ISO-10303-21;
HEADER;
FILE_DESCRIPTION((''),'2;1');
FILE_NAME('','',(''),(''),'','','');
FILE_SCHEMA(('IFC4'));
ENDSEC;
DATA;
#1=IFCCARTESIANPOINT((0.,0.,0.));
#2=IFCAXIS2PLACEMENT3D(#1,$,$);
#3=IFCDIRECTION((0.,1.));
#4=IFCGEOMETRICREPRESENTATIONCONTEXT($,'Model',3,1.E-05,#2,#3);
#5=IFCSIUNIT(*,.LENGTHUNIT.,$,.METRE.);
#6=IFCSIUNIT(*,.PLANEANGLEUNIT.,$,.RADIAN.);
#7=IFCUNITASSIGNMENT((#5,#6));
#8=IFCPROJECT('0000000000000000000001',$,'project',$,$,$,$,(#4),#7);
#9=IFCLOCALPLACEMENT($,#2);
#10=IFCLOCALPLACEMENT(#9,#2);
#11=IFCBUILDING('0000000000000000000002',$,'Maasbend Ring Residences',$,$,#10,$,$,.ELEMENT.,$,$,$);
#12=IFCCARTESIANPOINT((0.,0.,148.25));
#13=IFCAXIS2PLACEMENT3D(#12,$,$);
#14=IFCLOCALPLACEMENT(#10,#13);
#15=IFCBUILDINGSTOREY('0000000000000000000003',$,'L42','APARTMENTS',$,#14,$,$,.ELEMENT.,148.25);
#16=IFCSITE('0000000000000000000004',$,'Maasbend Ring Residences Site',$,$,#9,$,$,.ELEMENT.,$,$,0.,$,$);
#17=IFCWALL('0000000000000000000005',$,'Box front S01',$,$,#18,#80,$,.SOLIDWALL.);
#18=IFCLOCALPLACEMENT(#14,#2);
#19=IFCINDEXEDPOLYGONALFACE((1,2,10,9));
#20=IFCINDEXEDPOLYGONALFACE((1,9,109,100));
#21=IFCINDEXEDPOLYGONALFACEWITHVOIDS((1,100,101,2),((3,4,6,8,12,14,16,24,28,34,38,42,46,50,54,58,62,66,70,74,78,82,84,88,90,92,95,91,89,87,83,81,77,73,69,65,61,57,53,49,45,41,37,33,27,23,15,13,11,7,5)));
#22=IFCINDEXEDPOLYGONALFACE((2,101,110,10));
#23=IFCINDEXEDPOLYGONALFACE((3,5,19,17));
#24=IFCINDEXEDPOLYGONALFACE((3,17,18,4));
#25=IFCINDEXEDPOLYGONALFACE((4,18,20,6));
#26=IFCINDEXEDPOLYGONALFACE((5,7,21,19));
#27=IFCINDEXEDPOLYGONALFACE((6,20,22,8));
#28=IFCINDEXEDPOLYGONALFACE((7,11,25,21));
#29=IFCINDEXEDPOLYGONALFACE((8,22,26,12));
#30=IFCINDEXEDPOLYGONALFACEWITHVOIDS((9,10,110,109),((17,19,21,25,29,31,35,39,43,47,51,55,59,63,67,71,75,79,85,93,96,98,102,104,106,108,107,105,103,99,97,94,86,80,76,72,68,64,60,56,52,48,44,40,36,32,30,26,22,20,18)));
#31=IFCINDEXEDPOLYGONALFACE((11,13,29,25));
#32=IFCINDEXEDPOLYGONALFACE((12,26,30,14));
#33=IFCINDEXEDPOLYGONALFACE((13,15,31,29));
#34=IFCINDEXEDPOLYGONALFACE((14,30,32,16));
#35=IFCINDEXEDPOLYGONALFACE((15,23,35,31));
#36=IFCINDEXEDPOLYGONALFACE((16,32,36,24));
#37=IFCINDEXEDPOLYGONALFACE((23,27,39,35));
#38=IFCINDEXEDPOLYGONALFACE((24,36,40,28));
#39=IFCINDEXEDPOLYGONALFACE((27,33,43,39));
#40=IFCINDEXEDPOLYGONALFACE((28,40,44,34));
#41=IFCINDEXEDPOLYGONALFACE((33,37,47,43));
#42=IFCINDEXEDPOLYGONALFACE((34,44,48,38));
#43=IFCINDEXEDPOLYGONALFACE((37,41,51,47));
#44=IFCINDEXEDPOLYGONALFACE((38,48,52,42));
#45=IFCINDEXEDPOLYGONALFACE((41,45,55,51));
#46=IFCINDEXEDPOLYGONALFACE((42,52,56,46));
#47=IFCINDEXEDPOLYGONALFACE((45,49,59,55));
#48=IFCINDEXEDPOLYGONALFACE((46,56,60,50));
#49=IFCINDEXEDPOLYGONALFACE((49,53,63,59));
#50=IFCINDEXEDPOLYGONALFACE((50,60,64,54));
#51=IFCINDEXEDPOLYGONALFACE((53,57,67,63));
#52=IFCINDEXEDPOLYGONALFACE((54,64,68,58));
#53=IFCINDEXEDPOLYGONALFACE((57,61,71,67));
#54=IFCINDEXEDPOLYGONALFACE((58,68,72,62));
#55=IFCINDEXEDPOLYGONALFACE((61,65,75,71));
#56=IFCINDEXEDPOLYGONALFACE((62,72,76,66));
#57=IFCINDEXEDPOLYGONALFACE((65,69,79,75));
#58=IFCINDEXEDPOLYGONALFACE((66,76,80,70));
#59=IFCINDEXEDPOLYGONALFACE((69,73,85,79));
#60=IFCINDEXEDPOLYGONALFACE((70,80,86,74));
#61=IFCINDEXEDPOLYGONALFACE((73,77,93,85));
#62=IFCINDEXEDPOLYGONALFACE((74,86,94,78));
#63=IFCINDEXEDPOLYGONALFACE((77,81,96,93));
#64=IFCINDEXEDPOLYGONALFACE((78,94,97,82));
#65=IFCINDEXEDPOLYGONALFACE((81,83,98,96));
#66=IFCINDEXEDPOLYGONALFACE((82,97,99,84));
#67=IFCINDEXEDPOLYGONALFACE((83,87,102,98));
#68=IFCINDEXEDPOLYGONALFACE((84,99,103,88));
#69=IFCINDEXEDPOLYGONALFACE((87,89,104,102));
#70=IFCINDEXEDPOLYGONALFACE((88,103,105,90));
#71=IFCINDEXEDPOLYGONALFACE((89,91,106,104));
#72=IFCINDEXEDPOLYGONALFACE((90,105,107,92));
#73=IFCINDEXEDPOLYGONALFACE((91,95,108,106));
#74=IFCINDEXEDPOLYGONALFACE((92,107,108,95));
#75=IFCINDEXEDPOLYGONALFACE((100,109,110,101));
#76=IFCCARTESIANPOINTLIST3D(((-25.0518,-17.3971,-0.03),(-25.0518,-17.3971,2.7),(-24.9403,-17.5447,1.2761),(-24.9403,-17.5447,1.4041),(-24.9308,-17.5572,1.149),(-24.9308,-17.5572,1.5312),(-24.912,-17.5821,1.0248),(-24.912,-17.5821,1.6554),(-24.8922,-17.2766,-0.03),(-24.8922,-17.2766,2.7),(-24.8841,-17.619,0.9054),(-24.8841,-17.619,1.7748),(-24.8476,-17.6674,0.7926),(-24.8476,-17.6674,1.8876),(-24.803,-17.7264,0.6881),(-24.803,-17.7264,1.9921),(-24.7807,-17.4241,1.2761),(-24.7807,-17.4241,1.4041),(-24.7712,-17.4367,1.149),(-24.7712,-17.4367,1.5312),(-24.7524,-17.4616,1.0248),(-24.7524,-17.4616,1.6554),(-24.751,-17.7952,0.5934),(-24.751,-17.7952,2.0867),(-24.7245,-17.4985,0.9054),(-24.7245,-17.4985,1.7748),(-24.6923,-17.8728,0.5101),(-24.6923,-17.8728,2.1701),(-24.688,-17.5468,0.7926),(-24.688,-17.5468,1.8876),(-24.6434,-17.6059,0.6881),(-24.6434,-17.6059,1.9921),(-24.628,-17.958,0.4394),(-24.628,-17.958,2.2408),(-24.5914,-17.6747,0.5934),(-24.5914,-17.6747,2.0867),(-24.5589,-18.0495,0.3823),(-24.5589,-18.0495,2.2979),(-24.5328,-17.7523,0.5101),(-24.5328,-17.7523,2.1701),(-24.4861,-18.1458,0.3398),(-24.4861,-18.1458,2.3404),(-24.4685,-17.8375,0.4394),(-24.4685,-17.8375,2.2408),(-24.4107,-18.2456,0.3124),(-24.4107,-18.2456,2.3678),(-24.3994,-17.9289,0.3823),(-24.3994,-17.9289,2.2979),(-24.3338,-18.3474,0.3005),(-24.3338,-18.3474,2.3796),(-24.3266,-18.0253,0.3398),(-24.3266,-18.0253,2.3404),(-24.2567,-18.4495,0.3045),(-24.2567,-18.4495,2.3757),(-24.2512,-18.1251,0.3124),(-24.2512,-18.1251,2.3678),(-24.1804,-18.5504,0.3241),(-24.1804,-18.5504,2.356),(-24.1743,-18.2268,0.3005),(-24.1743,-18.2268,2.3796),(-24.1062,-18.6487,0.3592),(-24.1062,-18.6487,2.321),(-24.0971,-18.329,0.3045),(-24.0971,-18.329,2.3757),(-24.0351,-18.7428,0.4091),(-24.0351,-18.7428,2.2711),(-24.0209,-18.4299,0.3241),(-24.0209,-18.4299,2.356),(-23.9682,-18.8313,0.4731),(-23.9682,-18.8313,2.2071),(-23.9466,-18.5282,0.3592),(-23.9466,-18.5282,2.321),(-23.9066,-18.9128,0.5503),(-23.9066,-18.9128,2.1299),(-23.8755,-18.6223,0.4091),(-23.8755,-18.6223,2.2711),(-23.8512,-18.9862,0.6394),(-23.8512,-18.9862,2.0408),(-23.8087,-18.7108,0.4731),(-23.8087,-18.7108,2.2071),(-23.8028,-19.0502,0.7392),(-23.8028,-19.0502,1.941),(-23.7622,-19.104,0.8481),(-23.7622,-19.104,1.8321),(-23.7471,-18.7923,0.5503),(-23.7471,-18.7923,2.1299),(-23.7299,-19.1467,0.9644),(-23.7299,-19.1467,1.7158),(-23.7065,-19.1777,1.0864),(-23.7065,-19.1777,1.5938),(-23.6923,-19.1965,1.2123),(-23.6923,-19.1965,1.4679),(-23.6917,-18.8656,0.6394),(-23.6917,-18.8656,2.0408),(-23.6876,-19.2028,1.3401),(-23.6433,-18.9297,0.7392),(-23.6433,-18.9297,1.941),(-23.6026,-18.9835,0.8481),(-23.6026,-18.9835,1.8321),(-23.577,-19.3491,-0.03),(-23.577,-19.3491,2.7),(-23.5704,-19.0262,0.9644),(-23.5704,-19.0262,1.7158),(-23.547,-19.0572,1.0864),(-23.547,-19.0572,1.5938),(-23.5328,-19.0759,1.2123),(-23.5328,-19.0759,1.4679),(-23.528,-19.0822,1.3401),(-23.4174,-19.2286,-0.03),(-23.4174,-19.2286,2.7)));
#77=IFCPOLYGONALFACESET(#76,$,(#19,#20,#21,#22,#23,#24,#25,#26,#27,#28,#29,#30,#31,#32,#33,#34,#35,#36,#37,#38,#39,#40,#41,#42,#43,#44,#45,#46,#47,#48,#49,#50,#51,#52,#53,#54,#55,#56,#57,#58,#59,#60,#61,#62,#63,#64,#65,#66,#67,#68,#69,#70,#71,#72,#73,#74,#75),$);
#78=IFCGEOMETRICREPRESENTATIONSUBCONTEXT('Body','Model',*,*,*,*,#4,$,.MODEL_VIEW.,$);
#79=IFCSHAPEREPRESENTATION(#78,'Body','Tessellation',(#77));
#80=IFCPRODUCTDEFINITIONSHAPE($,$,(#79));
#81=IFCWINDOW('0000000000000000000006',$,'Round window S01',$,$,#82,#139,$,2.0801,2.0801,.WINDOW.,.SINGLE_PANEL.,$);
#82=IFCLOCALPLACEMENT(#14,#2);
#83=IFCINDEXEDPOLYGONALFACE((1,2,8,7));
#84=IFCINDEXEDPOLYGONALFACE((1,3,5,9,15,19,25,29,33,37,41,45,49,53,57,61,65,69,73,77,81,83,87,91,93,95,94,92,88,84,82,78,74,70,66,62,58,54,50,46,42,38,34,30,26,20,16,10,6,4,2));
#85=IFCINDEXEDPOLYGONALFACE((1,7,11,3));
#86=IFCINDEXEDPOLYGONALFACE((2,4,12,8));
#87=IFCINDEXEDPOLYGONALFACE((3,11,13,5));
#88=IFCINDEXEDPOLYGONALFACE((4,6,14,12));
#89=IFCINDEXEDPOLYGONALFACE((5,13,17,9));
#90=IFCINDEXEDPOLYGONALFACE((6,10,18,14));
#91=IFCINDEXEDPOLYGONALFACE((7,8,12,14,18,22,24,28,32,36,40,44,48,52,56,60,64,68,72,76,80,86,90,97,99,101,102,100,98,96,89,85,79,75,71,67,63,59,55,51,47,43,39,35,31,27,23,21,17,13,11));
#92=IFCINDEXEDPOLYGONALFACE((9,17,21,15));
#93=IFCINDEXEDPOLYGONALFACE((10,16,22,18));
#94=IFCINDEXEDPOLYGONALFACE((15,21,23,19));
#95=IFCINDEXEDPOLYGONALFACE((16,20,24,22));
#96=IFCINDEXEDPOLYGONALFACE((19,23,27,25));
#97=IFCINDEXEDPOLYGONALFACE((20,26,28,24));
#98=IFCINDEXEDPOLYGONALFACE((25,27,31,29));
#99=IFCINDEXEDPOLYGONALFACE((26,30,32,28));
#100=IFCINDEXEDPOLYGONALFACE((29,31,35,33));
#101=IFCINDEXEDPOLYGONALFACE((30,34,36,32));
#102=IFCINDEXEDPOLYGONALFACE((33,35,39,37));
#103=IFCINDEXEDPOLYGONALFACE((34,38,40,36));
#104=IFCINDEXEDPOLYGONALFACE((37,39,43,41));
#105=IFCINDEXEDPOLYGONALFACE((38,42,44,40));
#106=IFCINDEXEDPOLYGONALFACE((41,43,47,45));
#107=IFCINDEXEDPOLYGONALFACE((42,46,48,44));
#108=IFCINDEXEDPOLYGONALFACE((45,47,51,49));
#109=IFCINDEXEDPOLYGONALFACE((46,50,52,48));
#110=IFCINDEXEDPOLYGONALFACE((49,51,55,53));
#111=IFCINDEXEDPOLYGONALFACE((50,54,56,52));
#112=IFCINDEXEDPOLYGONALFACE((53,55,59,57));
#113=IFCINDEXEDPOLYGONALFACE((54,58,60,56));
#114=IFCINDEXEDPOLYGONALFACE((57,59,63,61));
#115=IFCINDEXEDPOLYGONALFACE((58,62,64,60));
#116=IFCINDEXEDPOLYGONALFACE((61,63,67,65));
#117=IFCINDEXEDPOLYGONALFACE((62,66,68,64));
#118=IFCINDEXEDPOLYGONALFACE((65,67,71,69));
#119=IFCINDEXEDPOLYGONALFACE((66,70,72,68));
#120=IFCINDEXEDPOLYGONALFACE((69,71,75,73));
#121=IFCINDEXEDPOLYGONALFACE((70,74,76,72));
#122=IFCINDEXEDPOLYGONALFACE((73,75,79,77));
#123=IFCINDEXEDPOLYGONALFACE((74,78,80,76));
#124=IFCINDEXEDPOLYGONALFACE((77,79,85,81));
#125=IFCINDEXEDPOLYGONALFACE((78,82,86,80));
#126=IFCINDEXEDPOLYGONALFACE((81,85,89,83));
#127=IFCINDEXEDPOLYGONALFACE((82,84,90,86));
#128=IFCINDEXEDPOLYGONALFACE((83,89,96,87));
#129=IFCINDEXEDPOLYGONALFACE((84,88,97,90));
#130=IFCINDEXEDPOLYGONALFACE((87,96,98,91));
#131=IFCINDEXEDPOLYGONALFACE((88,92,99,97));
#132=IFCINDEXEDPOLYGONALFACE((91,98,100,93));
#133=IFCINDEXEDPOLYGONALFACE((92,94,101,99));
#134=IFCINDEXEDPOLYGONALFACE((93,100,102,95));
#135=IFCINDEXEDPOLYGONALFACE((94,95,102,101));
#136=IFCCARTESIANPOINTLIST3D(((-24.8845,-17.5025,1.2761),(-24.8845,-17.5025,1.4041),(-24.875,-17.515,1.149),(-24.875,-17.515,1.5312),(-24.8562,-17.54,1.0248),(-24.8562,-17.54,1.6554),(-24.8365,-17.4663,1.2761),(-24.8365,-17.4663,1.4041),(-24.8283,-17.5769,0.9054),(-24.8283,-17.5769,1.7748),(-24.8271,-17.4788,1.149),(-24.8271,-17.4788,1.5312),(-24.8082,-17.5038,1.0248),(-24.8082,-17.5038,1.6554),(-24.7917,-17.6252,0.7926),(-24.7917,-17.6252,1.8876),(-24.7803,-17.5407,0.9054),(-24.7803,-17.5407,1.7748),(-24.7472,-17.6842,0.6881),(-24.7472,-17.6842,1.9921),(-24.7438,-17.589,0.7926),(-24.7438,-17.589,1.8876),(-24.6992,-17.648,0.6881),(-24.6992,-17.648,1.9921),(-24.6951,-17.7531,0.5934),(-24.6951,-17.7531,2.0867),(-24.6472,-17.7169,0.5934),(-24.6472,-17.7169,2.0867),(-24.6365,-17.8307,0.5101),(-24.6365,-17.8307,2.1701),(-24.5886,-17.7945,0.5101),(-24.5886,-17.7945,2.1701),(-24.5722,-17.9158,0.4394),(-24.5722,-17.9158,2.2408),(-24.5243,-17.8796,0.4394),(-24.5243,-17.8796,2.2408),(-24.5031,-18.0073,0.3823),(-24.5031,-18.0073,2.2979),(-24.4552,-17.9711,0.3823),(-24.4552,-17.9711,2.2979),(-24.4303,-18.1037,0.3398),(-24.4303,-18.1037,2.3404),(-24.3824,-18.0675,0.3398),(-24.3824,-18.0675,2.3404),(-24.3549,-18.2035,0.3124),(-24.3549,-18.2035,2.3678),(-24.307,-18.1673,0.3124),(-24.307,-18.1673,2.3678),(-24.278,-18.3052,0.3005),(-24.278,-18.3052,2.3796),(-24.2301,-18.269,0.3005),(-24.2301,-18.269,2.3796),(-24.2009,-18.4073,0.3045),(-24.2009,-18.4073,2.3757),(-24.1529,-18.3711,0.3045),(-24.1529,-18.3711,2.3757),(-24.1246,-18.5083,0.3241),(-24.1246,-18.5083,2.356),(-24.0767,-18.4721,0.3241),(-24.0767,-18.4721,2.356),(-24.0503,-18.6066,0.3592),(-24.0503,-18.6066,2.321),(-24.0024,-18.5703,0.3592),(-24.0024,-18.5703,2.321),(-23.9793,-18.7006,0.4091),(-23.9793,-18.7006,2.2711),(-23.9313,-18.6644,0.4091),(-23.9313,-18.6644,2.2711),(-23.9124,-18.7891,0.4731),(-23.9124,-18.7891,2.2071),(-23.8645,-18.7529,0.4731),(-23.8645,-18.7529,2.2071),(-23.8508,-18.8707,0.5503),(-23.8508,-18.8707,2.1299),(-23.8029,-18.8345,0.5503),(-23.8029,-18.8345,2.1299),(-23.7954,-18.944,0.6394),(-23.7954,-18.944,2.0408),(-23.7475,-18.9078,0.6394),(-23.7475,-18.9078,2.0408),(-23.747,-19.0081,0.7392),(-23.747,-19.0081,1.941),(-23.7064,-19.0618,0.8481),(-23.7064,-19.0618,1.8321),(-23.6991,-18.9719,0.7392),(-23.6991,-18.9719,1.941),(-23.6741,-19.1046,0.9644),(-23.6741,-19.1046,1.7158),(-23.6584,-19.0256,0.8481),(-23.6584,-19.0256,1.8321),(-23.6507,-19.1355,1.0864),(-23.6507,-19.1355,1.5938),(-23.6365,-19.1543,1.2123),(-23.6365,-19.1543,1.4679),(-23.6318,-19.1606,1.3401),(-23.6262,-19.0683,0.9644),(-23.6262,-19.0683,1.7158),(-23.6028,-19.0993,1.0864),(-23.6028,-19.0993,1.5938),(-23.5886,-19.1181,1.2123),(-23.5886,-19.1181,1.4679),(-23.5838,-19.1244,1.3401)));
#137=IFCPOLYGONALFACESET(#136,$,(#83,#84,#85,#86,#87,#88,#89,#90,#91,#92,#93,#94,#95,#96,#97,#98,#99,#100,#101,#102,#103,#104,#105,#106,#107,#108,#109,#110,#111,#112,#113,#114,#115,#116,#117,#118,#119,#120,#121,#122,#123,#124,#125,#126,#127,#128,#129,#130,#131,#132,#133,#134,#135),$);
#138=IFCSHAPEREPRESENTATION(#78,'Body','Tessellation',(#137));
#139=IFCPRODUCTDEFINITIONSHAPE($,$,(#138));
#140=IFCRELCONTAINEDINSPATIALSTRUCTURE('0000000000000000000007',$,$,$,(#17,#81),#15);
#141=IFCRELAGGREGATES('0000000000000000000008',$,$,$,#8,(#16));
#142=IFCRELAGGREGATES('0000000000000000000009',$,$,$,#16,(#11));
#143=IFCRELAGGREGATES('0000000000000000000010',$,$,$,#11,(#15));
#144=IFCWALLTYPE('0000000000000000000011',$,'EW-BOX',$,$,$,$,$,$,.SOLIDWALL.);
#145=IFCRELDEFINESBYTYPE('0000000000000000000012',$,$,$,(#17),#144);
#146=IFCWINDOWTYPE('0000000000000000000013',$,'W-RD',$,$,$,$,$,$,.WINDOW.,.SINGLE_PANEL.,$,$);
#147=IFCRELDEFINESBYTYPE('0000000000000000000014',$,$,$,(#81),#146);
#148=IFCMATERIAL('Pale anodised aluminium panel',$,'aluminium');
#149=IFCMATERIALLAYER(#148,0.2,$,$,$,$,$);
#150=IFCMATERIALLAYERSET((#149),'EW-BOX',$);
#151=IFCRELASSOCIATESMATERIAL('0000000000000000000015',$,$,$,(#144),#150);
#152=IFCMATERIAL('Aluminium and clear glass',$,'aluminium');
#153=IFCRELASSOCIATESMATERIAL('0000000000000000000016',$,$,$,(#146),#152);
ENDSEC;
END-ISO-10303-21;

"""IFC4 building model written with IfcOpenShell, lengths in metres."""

from ifc_helpers import new_model, si_unit, direction, frame, frame_2d, origin, place, context, subcontext, project, spatial, rectangle, circle, extrude, material, layer, layer_set, type_object, element, fill, save


model = new_model("IFC4")

# Units and contexts
model_context = context("Model", 3, precision=1e-05, world=origin(), true_north=direction((0.0, 1.0)))
body_context = subcontext(model_context, "Body", "Model", "MODEL_VIEW")
ifc_project = project(units=[si_unit("LENGTHUNIT", "METRE"), si_unit("PLANEANGLEUNIT", "RADIAN")], contexts=[model_context])

# Site, building, storey
site_placement = place(None, origin())
site = spatial("IfcSite", under=ifc_project, at=site_placement, Name="Maasbend Ring Residences Site", CompositionType="ELEMENT", RefElevation=0.0)
building_placement = place(site_placement, origin())
building = spatial("IfcBuilding", under=site, at=building_placement, Name="Maasbend Ring Residences", CompositionType="ELEMENT")
storey_placement = place(building_placement, frame((0.0, 0.0, 148.25)))
storey = spatial("IfcBuildingStorey", under=building, at=storey_placement, Name="L42", Description="APARTMENTS", CompositionType="ELEMENT", Elevation=148.25)

# Wall, opening, window
ifc_material_1 = material(Name="Pale anodised aluminium panel", Category="aluminium")
ifc_layer_1 = layer(ifc_material_1, 0.2)
ifc_layer_set_1 = layer_set([ifc_layer_1], Name="EW-BOX")
wall_type_1 = type_object("IfcWallType", Name="EW-BOX", PredefinedType="SOLIDWALL", material=ifc_layer_set_1)
wall_1_placement = place(storey_placement, frame((-24.9719, -17.3369, -0.03), z_axis=(0.0, 0.0, 1.0), x_axis=(0.602806, -0.797888, 0.0)))
wall_1 = element("IfcWall", 1, at=wall_1_placement, inside=storey, type_object=wall_type_1, Name="Box front S01", PredefinedType="SOLIDWALL", context=body_context, shape_type="SweptSolid", body=[
    extrude(rectangle(XDim=2.4465, YDim=0.2, at=frame_2d((1.2231, 0.0))), origin(), (0.0, 0.0, 1.0), 2.73),
])
opening_1_placement = place(wall_1_placement, frame((0.1829, 0.0, 0.3301)))
opening_1 = element("IfcOpeningElement", 2, at=opening_1_placement, cuts=wall_1, PredefinedType="OPENING", context=body_context, shape_type="SweptSolid", body=[
    extrude(circle(Radius=1.04, at=frame_2d((1.04, 1.04))), frame((0.0, 0.1099, 0.0), z_axis=(0.0, -1.0, 0.0), x_axis=(1.0, 0.0, 0.0)), (0.0, 0.0, 1.0), 0.22),
])
ifc_material_2 = material(Name="Aluminium and clear glass", Category="aluminium")
window_type_1 = type_object("IfcWindowType", Name="W-RD", PartitioningType="SINGLE_PANEL", PredefinedType="WINDOW", material=ifc_material_2)
window_1_placement = place(opening_1_placement, origin())
window_1 = element("IfcWindow", 3, at=window_1_placement, inside=storey, type_object=window_type_1, Name="Round window S01", OverallHeight=2.0801, OverallWidth=2.0801, PartitioningType="SINGLE_PANEL", PredefinedType="WINDOW", context=body_context, shape_type="SweptSolid", body=[
    extrude(circle(Radius=1.04, at=frame_2d((1.04, 1.04))), frame((0.0, 0.03, 0.0), z_axis=(0.0, -1.0, 0.0), x_axis=(1.0, 0.0, 0.0)), (0.0, 0.0, 1.0), 0.0601),
])
fill(opening_1, window_1)

save(model, "model.ifc")
